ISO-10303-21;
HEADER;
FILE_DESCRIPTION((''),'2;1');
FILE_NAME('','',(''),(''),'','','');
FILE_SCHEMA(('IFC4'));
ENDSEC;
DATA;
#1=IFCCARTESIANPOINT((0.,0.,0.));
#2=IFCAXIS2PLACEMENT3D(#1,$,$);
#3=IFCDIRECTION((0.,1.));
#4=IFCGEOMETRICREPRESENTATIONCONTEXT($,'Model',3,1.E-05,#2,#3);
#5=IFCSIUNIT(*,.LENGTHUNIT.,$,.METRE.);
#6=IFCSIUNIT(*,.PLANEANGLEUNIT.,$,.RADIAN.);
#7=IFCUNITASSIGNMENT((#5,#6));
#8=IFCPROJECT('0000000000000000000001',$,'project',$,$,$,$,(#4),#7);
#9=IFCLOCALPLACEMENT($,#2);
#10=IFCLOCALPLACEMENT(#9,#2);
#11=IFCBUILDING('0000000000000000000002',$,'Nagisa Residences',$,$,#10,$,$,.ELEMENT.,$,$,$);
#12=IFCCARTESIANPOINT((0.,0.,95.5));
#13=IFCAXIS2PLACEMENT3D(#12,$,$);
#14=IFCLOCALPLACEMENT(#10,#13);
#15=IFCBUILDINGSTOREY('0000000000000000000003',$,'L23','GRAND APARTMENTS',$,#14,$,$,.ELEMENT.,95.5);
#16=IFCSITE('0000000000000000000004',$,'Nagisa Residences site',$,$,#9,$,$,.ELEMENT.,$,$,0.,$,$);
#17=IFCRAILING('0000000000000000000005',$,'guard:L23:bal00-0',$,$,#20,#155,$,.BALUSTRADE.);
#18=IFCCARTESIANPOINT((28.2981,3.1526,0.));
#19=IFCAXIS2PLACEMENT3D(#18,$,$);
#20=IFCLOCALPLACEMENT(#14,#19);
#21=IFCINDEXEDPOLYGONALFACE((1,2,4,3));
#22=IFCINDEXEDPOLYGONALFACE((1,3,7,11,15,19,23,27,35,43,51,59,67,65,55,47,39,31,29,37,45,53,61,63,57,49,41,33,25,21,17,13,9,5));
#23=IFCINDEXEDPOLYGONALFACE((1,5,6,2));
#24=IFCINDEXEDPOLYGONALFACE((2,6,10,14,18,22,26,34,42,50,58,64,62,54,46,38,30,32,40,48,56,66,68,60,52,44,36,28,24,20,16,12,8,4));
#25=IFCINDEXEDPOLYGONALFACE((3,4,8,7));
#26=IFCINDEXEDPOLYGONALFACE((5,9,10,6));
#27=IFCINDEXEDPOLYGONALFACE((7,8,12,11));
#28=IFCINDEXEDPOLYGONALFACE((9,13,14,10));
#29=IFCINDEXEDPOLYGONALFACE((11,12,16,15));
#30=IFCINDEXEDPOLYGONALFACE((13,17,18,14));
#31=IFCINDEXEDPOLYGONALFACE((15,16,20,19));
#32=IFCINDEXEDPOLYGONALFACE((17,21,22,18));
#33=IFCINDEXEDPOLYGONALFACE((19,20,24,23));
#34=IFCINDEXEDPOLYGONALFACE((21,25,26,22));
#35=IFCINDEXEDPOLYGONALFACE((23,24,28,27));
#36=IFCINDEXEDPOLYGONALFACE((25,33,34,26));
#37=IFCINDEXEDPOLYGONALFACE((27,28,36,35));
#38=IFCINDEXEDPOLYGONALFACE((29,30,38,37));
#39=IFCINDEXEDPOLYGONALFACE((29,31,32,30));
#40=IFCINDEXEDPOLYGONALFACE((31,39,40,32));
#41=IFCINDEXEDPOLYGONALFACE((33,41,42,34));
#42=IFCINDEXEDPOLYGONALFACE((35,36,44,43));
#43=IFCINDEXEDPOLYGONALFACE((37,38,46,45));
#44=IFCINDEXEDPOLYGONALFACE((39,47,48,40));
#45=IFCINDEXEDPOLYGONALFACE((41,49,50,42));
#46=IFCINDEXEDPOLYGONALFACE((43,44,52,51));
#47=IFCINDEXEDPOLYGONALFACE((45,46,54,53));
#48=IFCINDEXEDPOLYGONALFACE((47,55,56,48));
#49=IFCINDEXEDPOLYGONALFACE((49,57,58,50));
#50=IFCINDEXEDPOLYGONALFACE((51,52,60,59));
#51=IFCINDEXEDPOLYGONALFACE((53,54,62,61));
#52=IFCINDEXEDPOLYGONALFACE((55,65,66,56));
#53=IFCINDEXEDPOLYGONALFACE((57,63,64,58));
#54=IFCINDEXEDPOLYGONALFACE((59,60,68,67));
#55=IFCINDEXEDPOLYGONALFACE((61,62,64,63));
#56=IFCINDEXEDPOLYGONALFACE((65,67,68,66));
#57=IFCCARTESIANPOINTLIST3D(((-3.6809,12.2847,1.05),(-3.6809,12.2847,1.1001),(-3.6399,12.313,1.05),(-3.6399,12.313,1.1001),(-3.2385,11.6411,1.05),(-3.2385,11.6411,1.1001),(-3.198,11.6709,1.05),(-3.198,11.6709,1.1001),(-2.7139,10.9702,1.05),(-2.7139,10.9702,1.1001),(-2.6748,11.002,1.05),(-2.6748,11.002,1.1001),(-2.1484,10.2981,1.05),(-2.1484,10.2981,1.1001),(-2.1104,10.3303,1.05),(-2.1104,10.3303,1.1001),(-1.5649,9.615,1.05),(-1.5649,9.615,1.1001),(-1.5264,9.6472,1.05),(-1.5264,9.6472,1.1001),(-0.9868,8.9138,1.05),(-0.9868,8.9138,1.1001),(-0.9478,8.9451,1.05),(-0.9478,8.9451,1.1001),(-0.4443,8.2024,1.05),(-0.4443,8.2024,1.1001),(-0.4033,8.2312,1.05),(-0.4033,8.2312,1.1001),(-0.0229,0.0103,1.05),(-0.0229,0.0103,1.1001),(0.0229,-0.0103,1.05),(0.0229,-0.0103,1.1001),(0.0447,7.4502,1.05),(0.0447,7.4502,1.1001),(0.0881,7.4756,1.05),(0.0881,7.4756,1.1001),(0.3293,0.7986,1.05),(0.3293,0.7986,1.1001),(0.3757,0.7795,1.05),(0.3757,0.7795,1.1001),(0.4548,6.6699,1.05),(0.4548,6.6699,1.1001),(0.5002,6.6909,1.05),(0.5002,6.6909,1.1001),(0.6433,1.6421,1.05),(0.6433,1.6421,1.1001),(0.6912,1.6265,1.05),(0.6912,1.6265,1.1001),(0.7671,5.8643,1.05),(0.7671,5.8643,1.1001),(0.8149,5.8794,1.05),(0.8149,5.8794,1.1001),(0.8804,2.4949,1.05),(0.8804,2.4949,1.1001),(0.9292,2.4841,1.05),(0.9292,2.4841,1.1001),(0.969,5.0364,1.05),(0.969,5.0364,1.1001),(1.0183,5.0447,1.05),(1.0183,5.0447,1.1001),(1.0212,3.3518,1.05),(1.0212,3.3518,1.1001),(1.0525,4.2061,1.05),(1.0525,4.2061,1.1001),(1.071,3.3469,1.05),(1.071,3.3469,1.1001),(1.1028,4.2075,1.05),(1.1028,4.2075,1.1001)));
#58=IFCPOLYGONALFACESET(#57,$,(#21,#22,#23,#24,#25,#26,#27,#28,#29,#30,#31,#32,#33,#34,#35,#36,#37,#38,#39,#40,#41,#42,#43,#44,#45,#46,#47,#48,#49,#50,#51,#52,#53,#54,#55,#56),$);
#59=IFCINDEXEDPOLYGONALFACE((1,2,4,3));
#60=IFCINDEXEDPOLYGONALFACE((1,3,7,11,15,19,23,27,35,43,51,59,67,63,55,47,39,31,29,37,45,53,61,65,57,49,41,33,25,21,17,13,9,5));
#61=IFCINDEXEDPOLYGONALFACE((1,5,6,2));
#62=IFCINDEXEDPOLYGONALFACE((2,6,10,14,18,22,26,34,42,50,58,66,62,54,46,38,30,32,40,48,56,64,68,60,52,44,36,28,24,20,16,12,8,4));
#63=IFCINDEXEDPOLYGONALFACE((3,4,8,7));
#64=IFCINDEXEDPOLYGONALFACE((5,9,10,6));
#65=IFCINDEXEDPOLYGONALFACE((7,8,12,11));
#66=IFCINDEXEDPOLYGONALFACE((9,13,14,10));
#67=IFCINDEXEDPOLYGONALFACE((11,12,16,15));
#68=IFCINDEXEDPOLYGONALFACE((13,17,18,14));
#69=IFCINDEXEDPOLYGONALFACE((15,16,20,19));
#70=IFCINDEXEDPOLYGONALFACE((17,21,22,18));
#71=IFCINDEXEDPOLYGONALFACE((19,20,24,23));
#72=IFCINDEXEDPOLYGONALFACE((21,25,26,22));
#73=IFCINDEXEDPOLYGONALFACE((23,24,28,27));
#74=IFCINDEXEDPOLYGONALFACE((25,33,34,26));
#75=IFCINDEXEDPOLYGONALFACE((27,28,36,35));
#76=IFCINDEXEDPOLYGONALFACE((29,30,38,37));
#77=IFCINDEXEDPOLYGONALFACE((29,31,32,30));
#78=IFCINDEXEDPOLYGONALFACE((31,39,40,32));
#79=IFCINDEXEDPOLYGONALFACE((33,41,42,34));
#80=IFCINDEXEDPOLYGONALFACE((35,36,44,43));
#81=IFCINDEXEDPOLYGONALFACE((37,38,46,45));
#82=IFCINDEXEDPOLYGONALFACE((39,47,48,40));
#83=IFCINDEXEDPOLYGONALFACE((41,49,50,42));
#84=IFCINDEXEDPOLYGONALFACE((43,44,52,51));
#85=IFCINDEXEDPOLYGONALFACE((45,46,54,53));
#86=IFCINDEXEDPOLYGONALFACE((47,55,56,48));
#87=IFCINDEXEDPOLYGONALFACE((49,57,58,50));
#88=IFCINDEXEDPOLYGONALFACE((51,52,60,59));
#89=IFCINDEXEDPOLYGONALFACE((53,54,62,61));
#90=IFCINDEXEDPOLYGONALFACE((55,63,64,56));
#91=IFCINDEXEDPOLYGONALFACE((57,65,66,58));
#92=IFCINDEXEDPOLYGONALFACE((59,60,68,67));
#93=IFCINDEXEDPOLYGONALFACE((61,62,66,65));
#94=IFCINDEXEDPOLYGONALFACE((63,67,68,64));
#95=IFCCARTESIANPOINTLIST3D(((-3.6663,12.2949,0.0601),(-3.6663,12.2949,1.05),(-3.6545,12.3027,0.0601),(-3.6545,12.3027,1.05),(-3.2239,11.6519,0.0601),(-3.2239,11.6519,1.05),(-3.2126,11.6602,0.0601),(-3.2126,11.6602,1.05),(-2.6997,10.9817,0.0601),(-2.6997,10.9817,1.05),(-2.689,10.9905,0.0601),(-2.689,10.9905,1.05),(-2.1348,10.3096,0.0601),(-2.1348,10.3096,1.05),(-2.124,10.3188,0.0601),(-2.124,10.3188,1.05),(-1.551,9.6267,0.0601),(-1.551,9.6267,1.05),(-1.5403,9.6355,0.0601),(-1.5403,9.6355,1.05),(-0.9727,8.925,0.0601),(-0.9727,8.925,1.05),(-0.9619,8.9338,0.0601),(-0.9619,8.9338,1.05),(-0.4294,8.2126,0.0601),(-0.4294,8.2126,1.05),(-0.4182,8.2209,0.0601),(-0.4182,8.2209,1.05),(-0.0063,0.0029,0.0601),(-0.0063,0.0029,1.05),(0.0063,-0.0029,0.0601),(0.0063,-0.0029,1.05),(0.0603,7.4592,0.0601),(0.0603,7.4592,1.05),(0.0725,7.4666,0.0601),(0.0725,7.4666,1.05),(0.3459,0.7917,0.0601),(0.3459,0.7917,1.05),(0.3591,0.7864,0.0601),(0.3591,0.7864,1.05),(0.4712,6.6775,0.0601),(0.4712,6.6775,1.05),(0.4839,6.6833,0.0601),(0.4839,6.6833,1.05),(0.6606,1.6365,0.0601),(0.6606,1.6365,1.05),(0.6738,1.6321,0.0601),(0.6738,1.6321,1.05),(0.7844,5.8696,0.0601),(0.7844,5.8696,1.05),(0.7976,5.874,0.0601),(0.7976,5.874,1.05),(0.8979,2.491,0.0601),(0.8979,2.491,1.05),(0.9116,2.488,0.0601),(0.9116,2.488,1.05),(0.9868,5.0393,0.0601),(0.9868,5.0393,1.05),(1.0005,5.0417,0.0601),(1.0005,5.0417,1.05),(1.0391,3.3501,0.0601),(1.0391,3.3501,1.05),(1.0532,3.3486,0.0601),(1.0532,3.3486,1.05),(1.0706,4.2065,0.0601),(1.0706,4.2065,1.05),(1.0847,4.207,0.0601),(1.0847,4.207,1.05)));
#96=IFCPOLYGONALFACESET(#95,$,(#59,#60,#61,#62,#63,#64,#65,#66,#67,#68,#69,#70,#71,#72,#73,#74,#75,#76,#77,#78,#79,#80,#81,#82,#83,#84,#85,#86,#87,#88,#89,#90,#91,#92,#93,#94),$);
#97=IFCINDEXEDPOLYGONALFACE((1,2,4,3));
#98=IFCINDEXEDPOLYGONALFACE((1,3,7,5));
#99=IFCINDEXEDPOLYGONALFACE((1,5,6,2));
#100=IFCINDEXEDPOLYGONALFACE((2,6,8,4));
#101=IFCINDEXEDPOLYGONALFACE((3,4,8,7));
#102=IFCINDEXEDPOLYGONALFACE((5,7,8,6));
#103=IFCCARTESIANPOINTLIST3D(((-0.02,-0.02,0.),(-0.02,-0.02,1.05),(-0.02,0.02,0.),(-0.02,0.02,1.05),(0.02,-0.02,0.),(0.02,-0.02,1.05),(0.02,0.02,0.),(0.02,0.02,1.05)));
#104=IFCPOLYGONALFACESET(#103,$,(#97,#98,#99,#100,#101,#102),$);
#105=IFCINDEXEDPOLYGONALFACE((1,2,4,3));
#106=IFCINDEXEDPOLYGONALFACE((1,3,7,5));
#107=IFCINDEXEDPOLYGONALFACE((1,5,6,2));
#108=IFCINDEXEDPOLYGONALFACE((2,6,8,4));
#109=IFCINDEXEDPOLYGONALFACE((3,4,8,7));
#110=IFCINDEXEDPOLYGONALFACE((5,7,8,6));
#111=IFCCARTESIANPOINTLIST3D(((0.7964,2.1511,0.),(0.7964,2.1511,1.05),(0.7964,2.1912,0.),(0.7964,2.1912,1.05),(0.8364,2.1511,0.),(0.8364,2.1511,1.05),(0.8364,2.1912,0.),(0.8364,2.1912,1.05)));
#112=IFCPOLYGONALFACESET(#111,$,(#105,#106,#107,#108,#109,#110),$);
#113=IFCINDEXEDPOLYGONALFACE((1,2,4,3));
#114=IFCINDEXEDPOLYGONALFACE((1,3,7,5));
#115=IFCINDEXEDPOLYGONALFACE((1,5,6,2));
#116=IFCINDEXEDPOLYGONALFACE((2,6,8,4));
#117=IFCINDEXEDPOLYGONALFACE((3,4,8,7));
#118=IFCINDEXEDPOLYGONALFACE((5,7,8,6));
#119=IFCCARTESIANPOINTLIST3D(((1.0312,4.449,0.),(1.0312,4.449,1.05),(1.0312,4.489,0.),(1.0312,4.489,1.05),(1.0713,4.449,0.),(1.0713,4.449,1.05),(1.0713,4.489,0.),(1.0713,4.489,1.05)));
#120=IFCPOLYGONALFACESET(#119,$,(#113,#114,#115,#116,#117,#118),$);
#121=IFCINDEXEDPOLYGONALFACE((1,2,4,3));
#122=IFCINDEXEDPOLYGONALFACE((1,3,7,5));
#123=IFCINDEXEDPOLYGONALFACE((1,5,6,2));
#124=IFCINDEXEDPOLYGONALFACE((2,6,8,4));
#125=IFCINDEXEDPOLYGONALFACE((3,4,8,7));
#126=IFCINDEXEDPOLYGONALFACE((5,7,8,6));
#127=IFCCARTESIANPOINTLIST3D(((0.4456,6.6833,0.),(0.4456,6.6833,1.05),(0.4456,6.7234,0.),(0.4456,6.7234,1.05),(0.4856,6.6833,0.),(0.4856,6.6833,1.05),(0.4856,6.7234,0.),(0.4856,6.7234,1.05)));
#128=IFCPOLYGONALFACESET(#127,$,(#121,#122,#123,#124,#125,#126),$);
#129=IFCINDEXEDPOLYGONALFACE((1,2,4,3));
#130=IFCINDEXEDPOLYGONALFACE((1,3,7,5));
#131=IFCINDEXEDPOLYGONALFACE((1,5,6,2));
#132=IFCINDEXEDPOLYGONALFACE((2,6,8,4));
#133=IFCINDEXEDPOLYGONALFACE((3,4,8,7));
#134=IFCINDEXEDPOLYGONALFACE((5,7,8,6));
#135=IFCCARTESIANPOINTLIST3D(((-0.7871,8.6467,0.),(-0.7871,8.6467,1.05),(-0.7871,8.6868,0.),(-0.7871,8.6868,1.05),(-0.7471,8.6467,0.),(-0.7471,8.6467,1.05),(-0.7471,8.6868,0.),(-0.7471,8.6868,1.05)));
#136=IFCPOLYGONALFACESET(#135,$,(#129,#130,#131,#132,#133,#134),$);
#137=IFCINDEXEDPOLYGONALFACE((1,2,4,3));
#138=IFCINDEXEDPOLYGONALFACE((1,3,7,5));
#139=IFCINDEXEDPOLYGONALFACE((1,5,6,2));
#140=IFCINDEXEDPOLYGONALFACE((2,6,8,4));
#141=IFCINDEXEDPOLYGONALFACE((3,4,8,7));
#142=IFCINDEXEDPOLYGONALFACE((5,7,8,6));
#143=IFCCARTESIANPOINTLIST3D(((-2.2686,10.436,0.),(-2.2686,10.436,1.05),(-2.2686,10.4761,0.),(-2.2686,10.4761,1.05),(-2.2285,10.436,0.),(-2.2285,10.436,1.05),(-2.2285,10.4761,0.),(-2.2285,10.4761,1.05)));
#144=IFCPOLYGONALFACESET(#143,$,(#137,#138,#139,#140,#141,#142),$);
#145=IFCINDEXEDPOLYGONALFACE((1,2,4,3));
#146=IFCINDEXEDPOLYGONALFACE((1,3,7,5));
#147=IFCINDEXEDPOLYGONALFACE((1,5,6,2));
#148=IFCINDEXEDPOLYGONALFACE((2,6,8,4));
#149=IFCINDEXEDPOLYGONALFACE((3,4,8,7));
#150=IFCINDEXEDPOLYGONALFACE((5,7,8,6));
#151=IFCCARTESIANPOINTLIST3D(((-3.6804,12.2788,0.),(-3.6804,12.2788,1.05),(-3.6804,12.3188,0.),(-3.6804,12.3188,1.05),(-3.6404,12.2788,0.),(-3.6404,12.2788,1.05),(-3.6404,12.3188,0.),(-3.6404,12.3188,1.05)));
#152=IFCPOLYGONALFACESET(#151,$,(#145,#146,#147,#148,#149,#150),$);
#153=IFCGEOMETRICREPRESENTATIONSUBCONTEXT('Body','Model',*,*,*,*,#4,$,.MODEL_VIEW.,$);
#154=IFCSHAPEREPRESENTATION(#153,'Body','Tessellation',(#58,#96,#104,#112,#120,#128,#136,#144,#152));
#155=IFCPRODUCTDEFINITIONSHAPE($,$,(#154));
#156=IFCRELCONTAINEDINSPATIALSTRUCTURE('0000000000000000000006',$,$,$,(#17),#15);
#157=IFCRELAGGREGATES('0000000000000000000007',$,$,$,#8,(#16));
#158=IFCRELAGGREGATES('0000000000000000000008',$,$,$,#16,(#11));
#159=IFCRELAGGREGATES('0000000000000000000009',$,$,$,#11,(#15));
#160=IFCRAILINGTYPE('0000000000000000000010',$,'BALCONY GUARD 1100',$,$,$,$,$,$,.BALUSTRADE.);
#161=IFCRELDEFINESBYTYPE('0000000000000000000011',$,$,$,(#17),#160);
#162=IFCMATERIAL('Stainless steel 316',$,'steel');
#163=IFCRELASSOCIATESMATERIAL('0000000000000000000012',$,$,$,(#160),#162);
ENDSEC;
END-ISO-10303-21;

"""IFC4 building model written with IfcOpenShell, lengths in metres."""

from ifc_helpers import new_model, si_unit, direction, frame, origin, origin_2d, place, context, subcontext, project, spatial, polyline, rectangle, outline, extrude, material, type_object, element, save


model = new_model("IFC4")

# Units and contexts
model_context = context("Model", 3, precision=1e-05, world=origin(), true_north=direction((0.0, 1.0)))
body_context = subcontext(model_context, "Body", "Model", "MODEL_VIEW")
ifc_project = project(units=[si_unit("LENGTHUNIT", "METRE"), si_unit("PLANEANGLEUNIT", "RADIAN")], contexts=[model_context])

# Site, building, storey
site_placement = place(None, origin())
site = spatial("IfcSite", under=ifc_project, at=site_placement, Name="Nagisa Residences site", CompositionType="ELEMENT", RefElevation=0.0)
building_placement = place(site_placement, origin())
building = spatial("IfcBuilding", under=site, at=building_placement, Name="Nagisa Residences", CompositionType="ELEMENT")
storey_placement = place(building_placement, frame((0.0, 0.0, 95.5)))
storey = spatial("IfcBuildingStorey", under=building, at=storey_placement, Name="L23", Description="GRAND APARTMENTS", CompositionType="ELEMENT", Elevation=95.5)

# Railing
ifc_material_1 = material(Name="Stainless steel 316", Category="steel")
railing_type = type_object("IfcRailingType", Name="BALCONY GUARD 1100", PredefinedType="BALUSTRADE", material=ifc_material_1)
railing_placement = place(storey_placement, frame((28.2981, 3.1526, 0.0)))
element("IfcRailing", 1, at=railing_placement, inside=storey, type_object=railing_type, Name="guard:L23:bal00-0", PredefinedType="BALUSTRADE", context=body_context, shape_type="SweptSolid", body=[
    extrude(outline(polyline([(0.3293, 0.7986), (-0.0229, 0.0103), (0.0229, -0.0103), (0.3757, 0.7795), (0.6912, 1.6265), (0.9292, 2.4841), (1.071, 3.3469), (1.1028, 4.2075), (1.0183, 5.0447), (0.8149, 5.8794), (0.5002, 6.6909), (0.0881, 7.4756), (-0.4033, 8.2312), (-0.9478, 8.9451), (-1.5264, 9.6472), (-2.1104, 10.3303), (-2.6748, 11.002), (-3.198, 11.6709), (-3.6399, 12.313), (-3.6809, 12.2847), (-3.2385, 11.6411), (-2.7139, 10.9702), (-2.1484, 10.2981), (-1.5649, 9.615), (-0.9868, 8.9138), (-0.4443, 8.2024), (0.0447, 7.4502), (0.4548, 6.6699), (0.7671, 5.8643), (0.969, 5.0364), (1.0525, 4.2061), (1.0212, 3.3518), (0.8804, 2.4949), (0.6433, 1.6421), (0.3293, 0.7986)])), frame((0.0, 0.0, 1.05)), (0.0, 0.0, 1.0), 0.05),
    extrude(outline(polyline([(0.3459, 0.7917), (-0.0063, 0.0029), (0.0063, -0.0029), (0.3591, 0.7864), (0.6738, 1.6321), (0.9116, 2.488), (1.0532, 3.3486), (1.0847, 4.207), (1.0005, 5.0417), (0.7976, 5.874), (0.4839, 6.6833), (0.0725, 7.4666), (-0.4182, 8.2209), (-0.9619, 8.9338), (-1.5403, 9.6355), (-2.124, 10.3188), (-2.689, 10.9905), (-3.2126, 11.6602), (-3.6545, 12.3027), (-3.6663, 12.2949), (-3.2239, 11.6519), (-2.6997, 10.9817), (-2.1348, 10.3096), (-1.551, 9.6267), (-0.9727, 8.925), (-0.4294, 8.2126), (0.0603, 7.4592), (0.4712, 6.6775), (0.7844, 5.8696), (0.9868, 5.0393), (1.0706, 4.2065), (1.0391, 3.3501), (0.8979, 2.491), (0.6606, 1.6365), (0.3459, 0.7917)])), frame((0.0, 0.0, 0.0601)), (0.0, 0.0, 1.0), 0.99),
    extrude(rectangle(XDim=0.04, YDim=0.04, at=origin_2d()), origin(), (0.0, 0.0, 1.0), 1.05),
    extrude(rectangle(XDim=0.04, YDim=0.04, at=origin_2d()), frame((0.8164, 2.1711, 0.0)), (0.0, 0.0, 1.0), 1.05),
    extrude(rectangle(XDim=0.04, YDim=0.04, at=origin_2d()), frame((1.0513, 4.469, 0.0)), (0.0, 0.0, 1.0), 1.05),
    extrude(rectangle(XDim=0.04, YDim=0.04, at=origin_2d()), frame((0.4656, 6.7034, 0.0)), (0.0, 0.0, 1.0), 1.05),
    extrude(rectangle(XDim=0.04, YDim=0.04, at=origin_2d()), frame((-0.7671, 8.6667, 0.0)), (0.0, 0.0, 1.0), 1.05),
    extrude(rectangle(XDim=0.04, YDim=0.04, at=origin_2d()), frame((-2.2485, 10.4561, 0.0)), (0.0, 0.0, 1.0), 1.05),
    extrude(rectangle(XDim=0.04, YDim=0.04, at=origin_2d()), frame((-3.6604, 12.2988, 0.0)), (0.0, 0.0, 1.0), 1.05),
])

save(model, "model.ifc")
